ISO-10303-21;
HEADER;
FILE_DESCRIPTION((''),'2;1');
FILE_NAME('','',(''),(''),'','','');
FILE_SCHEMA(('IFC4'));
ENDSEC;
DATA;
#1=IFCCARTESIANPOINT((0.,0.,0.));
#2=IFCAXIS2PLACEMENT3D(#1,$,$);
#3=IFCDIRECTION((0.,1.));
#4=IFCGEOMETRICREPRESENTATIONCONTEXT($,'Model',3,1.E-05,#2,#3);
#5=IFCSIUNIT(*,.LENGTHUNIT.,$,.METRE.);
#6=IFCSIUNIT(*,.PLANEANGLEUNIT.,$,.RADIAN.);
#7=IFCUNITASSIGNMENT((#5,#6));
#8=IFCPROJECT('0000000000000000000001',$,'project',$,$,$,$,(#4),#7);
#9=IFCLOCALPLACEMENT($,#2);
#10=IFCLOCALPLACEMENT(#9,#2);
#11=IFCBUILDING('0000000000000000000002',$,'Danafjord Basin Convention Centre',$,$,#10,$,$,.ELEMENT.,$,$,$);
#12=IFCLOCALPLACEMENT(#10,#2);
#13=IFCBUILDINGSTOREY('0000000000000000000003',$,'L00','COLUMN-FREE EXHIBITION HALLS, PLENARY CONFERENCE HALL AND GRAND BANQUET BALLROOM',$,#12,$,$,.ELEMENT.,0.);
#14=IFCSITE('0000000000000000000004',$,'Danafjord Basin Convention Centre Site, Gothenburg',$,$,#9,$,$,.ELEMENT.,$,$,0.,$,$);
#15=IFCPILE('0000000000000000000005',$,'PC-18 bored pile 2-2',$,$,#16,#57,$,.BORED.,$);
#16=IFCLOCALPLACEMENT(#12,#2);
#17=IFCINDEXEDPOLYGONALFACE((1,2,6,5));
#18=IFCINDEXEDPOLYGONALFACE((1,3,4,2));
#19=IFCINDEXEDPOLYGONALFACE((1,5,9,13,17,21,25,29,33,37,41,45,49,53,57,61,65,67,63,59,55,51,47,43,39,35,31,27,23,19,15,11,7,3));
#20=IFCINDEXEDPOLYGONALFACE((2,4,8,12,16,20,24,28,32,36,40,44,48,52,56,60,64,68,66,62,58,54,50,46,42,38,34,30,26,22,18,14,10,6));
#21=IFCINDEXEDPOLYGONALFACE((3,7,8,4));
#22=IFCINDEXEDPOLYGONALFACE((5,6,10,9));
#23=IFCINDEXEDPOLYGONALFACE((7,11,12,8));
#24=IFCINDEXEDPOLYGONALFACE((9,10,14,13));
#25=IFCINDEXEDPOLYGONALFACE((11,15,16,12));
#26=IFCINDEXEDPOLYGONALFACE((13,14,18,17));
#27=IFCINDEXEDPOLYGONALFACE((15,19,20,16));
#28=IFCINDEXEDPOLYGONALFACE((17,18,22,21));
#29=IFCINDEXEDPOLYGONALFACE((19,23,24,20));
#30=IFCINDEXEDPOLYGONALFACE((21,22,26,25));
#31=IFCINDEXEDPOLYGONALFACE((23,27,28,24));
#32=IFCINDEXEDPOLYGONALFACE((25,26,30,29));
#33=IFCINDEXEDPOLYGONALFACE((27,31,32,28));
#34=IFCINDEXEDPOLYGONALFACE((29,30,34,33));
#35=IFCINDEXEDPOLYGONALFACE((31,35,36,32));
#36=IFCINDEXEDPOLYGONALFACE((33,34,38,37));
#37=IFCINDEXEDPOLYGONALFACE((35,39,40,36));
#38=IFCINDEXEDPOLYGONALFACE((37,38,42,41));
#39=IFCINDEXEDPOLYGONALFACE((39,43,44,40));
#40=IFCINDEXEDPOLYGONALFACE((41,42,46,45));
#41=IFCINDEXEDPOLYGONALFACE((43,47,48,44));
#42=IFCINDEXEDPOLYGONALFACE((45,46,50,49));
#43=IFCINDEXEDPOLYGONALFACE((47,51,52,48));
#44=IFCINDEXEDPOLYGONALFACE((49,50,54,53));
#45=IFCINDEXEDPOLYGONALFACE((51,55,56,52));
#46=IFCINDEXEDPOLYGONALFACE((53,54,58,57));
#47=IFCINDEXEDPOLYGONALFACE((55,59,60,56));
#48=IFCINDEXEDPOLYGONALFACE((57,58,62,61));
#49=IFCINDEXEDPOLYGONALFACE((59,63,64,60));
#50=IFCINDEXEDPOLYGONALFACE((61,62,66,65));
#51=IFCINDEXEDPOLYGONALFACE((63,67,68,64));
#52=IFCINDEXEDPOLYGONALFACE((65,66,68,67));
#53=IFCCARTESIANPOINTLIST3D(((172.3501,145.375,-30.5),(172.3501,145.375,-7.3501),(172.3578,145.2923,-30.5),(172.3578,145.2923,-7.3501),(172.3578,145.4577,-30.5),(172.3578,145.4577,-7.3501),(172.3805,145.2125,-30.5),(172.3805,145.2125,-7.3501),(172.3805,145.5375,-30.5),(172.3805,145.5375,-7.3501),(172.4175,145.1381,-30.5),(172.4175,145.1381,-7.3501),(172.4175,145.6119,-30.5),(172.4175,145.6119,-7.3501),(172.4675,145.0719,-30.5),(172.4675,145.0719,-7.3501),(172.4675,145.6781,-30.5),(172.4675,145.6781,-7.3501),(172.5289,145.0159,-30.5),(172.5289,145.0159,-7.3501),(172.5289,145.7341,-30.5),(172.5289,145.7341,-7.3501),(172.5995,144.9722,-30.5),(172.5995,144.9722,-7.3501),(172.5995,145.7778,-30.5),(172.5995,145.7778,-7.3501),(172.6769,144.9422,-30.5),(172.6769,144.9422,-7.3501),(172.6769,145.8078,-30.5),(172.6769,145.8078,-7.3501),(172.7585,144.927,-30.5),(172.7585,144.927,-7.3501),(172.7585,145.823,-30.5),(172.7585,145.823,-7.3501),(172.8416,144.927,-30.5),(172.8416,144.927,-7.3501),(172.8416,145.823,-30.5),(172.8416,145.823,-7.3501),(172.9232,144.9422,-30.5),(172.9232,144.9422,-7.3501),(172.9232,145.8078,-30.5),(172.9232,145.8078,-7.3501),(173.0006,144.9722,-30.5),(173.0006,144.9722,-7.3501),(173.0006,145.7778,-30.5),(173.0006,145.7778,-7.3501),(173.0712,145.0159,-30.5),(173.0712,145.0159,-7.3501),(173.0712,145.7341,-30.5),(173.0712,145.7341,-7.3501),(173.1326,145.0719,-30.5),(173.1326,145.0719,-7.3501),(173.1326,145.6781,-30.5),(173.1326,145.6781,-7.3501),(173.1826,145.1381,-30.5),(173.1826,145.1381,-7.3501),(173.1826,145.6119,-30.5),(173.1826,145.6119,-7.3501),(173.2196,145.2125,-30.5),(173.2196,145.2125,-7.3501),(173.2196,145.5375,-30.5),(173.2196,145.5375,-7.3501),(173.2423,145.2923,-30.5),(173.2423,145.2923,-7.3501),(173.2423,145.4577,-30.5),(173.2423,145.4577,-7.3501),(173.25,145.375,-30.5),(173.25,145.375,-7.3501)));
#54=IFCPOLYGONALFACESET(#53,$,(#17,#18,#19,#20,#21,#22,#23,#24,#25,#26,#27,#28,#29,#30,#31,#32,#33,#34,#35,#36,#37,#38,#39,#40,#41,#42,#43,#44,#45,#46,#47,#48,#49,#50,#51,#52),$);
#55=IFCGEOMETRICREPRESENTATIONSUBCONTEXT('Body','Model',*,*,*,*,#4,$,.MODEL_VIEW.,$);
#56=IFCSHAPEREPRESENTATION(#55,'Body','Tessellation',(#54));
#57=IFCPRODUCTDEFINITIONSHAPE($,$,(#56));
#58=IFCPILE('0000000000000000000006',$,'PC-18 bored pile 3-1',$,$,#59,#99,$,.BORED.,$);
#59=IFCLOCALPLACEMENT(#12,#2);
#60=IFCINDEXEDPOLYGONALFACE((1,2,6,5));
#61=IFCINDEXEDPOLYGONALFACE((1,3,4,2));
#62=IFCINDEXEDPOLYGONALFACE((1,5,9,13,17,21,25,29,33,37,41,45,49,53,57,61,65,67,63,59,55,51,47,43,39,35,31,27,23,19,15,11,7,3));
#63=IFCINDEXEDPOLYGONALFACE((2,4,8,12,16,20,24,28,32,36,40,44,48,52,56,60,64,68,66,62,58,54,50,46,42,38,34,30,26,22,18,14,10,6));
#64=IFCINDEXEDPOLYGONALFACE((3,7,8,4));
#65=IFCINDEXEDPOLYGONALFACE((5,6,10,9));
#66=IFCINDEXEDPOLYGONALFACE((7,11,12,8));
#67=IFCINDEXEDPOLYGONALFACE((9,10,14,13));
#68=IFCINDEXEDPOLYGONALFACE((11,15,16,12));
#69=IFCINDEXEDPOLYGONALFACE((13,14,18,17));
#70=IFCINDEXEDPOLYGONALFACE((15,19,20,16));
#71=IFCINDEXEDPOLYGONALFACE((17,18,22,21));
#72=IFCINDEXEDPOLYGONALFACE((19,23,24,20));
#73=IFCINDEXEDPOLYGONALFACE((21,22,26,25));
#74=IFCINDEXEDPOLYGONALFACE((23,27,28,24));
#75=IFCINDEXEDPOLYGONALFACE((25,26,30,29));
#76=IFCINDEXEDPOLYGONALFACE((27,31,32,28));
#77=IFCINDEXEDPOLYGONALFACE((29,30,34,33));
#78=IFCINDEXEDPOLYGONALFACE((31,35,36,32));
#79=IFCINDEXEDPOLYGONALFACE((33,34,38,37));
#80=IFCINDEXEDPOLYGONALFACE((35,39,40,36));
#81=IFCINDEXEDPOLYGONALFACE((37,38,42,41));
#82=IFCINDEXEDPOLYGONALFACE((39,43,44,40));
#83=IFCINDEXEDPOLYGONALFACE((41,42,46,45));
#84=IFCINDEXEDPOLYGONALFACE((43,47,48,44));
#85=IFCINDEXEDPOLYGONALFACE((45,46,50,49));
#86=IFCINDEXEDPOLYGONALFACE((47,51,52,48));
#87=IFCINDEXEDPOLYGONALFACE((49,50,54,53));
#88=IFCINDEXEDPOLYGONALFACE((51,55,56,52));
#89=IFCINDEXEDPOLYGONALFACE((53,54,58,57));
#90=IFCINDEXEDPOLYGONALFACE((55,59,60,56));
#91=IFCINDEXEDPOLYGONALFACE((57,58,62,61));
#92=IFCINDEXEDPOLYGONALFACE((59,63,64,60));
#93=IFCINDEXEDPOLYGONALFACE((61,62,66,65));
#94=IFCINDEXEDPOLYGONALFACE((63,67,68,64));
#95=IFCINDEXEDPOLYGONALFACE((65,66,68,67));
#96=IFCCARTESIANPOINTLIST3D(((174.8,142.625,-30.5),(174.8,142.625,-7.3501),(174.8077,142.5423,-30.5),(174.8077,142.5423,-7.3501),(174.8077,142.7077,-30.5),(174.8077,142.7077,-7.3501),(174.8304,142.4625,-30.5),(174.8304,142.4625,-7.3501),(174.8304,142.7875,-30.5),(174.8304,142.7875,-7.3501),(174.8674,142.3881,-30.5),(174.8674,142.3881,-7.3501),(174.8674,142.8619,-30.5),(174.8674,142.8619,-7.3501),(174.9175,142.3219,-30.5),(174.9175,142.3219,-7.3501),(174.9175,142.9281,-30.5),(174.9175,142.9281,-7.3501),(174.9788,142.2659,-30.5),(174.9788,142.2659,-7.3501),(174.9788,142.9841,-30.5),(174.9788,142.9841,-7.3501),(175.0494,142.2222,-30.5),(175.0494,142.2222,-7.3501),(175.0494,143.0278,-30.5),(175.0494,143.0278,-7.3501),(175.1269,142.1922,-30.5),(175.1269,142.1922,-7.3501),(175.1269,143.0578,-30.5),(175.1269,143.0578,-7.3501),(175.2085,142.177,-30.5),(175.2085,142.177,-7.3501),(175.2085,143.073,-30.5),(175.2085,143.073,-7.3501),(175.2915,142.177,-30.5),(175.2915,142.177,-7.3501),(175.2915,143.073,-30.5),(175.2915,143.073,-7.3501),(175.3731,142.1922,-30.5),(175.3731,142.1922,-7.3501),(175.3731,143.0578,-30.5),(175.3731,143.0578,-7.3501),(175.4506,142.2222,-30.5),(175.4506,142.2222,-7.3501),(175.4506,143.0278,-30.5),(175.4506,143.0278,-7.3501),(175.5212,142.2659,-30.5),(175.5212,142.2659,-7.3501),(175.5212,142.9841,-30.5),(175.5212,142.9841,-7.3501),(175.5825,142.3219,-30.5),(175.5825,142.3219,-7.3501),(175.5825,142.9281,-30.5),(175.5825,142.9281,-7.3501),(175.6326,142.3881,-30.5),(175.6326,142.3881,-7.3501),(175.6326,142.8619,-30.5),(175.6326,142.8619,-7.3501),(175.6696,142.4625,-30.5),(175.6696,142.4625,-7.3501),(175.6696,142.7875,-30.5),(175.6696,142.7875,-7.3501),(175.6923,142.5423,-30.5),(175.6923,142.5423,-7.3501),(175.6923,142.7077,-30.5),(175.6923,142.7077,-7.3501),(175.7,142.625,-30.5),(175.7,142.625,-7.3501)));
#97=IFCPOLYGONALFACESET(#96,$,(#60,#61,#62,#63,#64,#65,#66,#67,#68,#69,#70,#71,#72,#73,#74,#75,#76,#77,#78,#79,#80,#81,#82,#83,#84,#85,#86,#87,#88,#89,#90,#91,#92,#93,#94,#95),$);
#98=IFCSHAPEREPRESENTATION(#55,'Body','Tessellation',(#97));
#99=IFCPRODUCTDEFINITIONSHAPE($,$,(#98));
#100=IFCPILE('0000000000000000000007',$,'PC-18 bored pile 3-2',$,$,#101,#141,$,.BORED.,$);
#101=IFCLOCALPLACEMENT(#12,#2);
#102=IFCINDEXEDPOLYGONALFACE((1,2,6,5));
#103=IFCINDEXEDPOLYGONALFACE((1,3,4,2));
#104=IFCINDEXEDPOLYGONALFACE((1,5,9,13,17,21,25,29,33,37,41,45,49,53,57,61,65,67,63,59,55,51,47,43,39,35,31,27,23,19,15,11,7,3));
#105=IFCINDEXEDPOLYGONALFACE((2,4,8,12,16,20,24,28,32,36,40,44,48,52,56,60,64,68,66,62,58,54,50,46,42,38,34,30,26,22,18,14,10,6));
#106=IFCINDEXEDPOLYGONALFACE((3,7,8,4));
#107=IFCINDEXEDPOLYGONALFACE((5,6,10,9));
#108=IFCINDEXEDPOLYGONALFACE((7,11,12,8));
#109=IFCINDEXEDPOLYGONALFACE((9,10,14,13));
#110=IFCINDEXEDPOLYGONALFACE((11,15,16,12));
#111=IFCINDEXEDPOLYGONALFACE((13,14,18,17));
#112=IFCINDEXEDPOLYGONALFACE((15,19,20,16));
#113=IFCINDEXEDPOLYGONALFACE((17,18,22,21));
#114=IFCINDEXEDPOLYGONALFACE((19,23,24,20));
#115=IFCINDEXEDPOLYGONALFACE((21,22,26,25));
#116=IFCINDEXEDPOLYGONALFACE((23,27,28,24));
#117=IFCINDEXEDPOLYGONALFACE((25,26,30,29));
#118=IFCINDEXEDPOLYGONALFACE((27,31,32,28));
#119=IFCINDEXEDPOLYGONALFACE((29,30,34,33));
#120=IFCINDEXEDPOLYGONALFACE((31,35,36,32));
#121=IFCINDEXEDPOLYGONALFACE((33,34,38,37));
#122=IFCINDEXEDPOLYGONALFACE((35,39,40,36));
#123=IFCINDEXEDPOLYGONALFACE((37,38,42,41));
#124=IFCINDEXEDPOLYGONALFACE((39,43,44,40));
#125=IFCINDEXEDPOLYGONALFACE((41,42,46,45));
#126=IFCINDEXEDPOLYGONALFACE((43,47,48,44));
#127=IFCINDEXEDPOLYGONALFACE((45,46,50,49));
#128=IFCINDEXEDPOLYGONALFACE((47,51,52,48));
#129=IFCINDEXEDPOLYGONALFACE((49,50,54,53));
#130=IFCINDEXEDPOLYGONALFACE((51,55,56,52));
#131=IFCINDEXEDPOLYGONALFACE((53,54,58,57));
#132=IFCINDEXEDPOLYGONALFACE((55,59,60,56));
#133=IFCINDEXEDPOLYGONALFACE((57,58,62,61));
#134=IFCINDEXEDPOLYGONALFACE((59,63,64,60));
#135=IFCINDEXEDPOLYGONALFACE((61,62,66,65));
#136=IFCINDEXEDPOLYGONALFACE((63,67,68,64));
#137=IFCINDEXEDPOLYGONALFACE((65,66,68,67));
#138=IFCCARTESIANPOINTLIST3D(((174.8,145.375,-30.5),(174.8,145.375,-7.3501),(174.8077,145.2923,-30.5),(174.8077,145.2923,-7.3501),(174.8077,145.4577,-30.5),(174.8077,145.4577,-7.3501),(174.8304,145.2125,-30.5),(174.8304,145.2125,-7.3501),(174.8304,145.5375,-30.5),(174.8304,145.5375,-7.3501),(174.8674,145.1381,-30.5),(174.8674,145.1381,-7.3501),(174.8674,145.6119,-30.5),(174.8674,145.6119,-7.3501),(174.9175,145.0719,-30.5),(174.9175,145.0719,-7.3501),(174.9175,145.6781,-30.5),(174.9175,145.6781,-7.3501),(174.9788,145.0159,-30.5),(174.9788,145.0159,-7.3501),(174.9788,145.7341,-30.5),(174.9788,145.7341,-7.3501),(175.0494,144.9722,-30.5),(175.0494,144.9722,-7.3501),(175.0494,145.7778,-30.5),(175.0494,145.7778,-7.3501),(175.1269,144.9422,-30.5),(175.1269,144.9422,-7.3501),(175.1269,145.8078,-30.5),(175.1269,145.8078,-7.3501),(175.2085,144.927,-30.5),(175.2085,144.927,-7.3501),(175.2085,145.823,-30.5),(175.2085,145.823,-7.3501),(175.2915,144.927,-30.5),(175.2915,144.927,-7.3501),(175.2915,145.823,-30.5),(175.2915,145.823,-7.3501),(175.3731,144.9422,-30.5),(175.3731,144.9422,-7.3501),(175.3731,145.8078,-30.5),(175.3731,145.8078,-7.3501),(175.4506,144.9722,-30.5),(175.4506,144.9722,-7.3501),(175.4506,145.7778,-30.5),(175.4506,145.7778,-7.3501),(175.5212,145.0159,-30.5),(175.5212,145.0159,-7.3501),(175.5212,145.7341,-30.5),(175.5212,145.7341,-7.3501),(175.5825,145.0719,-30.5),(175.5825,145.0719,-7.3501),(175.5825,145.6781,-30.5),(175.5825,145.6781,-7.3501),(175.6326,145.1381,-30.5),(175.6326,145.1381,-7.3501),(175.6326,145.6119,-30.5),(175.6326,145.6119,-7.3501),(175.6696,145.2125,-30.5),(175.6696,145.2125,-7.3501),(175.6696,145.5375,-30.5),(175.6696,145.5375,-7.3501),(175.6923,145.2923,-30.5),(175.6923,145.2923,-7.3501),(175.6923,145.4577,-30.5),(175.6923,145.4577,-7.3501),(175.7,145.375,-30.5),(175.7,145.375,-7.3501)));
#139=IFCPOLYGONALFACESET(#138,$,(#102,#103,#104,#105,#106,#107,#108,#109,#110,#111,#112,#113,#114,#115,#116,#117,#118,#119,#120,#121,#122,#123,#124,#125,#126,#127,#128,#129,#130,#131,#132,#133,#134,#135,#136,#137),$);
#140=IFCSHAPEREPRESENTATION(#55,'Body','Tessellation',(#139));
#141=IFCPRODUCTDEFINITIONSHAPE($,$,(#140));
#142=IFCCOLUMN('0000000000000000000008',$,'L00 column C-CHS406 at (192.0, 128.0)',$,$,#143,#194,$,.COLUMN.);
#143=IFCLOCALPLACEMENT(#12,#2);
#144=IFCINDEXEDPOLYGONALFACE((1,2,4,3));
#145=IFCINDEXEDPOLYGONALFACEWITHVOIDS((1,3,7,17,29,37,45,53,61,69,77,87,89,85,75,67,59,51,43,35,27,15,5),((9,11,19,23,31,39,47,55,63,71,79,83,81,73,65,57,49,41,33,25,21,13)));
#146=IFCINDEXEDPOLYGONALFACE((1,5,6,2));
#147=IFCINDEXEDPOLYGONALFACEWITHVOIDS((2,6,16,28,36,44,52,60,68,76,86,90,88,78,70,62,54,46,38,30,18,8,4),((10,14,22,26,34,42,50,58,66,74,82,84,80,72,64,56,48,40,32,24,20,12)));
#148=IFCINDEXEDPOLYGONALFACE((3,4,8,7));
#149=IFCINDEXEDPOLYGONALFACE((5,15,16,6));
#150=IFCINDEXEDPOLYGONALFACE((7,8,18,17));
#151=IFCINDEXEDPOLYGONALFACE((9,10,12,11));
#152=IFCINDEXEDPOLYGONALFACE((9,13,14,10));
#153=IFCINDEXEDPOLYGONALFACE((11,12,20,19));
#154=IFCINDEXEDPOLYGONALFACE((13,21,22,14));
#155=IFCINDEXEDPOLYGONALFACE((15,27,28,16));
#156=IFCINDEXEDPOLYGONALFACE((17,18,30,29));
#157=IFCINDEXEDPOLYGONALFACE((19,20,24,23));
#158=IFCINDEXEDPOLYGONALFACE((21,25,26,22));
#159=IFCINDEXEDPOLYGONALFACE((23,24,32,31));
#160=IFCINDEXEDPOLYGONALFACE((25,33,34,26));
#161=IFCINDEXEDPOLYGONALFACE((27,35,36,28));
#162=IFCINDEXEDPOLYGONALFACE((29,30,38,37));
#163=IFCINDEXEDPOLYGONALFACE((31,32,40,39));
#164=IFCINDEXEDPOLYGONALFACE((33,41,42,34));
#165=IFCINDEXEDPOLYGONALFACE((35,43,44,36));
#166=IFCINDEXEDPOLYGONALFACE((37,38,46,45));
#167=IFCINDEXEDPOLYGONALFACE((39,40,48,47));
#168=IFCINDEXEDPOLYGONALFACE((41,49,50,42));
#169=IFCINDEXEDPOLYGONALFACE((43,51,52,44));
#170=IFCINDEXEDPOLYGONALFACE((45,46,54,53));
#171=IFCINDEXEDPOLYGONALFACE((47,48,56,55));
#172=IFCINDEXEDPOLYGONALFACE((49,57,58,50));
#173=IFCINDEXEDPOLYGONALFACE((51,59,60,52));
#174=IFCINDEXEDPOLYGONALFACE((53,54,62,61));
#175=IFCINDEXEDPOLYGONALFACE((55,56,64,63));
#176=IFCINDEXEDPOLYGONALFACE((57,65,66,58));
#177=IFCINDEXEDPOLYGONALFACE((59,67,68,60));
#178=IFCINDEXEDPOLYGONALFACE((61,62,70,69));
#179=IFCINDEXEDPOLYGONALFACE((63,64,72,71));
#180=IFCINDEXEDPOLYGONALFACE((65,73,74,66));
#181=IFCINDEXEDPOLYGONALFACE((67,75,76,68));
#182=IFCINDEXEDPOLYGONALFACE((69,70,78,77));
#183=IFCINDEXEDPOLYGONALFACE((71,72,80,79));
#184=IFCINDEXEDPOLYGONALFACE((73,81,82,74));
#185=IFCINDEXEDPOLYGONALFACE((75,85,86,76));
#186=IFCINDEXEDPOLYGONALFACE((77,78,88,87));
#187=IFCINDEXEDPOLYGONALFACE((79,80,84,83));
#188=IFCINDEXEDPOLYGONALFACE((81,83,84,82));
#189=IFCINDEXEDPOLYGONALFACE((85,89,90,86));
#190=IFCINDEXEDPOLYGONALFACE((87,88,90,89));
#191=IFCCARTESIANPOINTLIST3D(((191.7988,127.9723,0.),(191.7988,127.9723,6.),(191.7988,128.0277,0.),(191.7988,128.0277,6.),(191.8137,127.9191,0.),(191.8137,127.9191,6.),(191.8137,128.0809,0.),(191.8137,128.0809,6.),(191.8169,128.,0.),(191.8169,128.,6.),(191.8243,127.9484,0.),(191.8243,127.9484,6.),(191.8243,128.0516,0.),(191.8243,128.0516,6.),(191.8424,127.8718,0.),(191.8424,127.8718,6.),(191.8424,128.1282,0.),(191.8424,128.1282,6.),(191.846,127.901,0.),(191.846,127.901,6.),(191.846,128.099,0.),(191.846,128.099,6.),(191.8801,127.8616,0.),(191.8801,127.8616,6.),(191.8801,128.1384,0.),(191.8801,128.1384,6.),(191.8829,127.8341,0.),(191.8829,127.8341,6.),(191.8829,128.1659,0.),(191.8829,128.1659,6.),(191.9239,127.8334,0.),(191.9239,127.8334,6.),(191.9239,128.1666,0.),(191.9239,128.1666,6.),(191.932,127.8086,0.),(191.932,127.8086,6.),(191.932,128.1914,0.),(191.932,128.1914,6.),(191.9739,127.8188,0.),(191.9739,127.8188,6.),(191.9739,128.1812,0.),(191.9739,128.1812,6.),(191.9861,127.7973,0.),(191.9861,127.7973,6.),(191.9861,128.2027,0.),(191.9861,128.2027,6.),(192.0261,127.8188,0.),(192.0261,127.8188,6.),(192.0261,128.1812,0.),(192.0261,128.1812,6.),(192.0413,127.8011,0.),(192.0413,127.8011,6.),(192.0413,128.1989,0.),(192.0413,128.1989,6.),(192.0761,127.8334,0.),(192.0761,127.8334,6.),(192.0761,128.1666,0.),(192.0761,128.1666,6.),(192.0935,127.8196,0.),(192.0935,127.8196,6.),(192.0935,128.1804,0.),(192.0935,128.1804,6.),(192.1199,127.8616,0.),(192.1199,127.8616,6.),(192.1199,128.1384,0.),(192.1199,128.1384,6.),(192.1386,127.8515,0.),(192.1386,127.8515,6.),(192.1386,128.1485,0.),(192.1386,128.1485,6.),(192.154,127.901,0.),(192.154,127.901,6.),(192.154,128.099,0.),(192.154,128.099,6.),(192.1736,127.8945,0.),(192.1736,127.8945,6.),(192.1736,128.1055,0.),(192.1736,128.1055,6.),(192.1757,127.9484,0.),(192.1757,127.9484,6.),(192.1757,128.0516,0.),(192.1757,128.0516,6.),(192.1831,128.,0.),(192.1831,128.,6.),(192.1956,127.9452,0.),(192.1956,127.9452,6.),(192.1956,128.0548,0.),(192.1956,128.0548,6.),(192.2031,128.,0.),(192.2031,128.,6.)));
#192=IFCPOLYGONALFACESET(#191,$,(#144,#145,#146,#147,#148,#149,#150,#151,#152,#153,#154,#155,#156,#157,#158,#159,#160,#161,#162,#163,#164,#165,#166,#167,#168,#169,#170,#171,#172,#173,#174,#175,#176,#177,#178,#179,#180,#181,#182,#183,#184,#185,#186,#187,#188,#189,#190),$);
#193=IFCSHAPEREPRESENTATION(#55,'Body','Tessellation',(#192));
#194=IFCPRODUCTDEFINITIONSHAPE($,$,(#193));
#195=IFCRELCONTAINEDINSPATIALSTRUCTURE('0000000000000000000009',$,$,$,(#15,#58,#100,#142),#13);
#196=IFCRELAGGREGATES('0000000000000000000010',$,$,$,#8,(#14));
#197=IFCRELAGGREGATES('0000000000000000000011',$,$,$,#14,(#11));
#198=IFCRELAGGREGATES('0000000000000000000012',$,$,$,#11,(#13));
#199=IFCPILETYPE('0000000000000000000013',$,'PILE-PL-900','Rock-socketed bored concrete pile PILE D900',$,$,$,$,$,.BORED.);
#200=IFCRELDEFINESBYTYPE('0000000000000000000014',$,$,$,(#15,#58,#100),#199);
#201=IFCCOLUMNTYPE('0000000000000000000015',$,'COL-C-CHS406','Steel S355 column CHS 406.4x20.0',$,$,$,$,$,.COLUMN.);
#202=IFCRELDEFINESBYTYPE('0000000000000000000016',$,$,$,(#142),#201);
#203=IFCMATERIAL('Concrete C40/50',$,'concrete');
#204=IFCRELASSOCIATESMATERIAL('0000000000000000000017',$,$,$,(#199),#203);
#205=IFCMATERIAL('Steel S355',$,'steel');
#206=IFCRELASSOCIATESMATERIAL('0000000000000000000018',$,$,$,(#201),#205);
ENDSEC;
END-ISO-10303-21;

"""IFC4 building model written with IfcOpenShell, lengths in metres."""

from ifc_helpers import new_model, si_unit, direction, frame, origin, origin_2d, place, context, subcontext, project, spatial, circle, hollow_circle, extrude, material, material_profile, profile_set, type_object, element, save


model = new_model("IFC4")

# Units and contexts
model_context = context("Model", 3, precision=1e-05, world=origin(), true_north=direction((0.0, 1.0)))
body_context = subcontext(model_context, "Body", "Model", "MODEL_VIEW")
ifc_project = project(units=[si_unit("LENGTHUNIT", "METRE"), si_unit("PLANEANGLEUNIT", "RADIAN")], contexts=[model_context])

# Site, building, storey
site_placement = place(None, origin())
site = spatial("IfcSite", under=ifc_project, at=site_placement, Name="Danafjord Basin Convention Centre Site, Gothenburg", CompositionType="ELEMENT", RefElevation=0.0)
building_placement = place(site_placement, origin())
building = spatial("IfcBuilding", under=site, at=building_placement, Name="Danafjord Basin Convention Centre", CompositionType="ELEMENT")
storey_placement = place(building_placement, origin())
storey = spatial("IfcBuildingStorey", under=building, at=storey_placement, Name="L00", Description="COLUMN-FREE EXHIBITION HALLS, PLENARY CONFERENCE HALL AND GRAND BANQUET BALLROOM", CompositionType="ELEMENT", Elevation=0.0)

# Shared definitions
ifc_material_1 = material(Name="Concrete C40/50", Category="concrete")

# Piles
ifc_material_profile_1 = material_profile(ifc_material_1, circle(Radius=0.45, at=origin_2d()), Name="PILE D900")
ifc_profile_set_1 = profile_set([ifc_material_profile_1], Name="Concrete C40/50")
pile_type_1 = type_object("IfcPileType", Name="PILE-PL-900", Description="Rock-socketed bored concrete pile PILE D900", PredefinedType="BORED", material=ifc_profile_set_1)
for number, where, z_axis, x_axis, name in (
    (1, (172.8, 145.375, -7.3501), (0.0, 0.0, -1.0), (1.0, 0.0, 0.0), "PC-18 bored pile 2-2"),
    (2, (175.25, 142.625, -7.3501), (0.0, 0.0, -1.0), (1.0, 0.0, 0.0), "PC-18 bored pile 3-1"),
    (3, (175.25, 145.375, -7.3501), (0.0, 0.0, -1.0), (1.0, 0.0, 0.0), "PC-18 bored pile 3-2"),
):
    element("IfcPile", number, at=place(storey_placement, frame(where, z_axis=z_axis, x_axis=x_axis)), inside=storey, type_object=pile_type_1, Name=name, PredefinedType="BORED", context=body_context, shape_type="SweptSolid", body=[
        extrude(circle(Radius=0.45, at=origin_2d()), origin(), (0.0, 0.0, 1.0), 23.1499),
    ])

# Column
ifc_material_2 = material(Name="Steel S355", Category="steel")
ifc_material_profile_2 = material_profile(ifc_material_2, hollow_circle(Radius=0.2031, WallThickness=0.02, at=origin_2d()), Name="CHS 406.4x20.0")
ifc_profile_set_2 = profile_set([ifc_material_profile_2], Name="Steel S355")
column_type_1 = type_object("IfcColumnType", Name="COL-C-CHS406", Description="Steel S355 column CHS 406.4x20.0", PredefinedType="COLUMN", material=ifc_profile_set_2)
column_1_placement = place(storey_placement, frame((192.0, 128.0, 0.0), z_axis=(0.0, 0.0, 1.0), x_axis=(1.0, 0.0, 0.0)))
element("IfcColumn", 4, at=column_1_placement, inside=storey, type_object=column_type_1, Name="L00 column C-CHS406 at (192.0, 128.0)", PredefinedType="COLUMN", context=body_context, shape_type="SweptSolid", body=[
    extrude(hollow_circle(Radius=0.2031, WallThickness=0.02, at=origin_2d()), origin(), (0.0, 0.0, 1.0), 6.0),
])

save(model, "model.ifc")
